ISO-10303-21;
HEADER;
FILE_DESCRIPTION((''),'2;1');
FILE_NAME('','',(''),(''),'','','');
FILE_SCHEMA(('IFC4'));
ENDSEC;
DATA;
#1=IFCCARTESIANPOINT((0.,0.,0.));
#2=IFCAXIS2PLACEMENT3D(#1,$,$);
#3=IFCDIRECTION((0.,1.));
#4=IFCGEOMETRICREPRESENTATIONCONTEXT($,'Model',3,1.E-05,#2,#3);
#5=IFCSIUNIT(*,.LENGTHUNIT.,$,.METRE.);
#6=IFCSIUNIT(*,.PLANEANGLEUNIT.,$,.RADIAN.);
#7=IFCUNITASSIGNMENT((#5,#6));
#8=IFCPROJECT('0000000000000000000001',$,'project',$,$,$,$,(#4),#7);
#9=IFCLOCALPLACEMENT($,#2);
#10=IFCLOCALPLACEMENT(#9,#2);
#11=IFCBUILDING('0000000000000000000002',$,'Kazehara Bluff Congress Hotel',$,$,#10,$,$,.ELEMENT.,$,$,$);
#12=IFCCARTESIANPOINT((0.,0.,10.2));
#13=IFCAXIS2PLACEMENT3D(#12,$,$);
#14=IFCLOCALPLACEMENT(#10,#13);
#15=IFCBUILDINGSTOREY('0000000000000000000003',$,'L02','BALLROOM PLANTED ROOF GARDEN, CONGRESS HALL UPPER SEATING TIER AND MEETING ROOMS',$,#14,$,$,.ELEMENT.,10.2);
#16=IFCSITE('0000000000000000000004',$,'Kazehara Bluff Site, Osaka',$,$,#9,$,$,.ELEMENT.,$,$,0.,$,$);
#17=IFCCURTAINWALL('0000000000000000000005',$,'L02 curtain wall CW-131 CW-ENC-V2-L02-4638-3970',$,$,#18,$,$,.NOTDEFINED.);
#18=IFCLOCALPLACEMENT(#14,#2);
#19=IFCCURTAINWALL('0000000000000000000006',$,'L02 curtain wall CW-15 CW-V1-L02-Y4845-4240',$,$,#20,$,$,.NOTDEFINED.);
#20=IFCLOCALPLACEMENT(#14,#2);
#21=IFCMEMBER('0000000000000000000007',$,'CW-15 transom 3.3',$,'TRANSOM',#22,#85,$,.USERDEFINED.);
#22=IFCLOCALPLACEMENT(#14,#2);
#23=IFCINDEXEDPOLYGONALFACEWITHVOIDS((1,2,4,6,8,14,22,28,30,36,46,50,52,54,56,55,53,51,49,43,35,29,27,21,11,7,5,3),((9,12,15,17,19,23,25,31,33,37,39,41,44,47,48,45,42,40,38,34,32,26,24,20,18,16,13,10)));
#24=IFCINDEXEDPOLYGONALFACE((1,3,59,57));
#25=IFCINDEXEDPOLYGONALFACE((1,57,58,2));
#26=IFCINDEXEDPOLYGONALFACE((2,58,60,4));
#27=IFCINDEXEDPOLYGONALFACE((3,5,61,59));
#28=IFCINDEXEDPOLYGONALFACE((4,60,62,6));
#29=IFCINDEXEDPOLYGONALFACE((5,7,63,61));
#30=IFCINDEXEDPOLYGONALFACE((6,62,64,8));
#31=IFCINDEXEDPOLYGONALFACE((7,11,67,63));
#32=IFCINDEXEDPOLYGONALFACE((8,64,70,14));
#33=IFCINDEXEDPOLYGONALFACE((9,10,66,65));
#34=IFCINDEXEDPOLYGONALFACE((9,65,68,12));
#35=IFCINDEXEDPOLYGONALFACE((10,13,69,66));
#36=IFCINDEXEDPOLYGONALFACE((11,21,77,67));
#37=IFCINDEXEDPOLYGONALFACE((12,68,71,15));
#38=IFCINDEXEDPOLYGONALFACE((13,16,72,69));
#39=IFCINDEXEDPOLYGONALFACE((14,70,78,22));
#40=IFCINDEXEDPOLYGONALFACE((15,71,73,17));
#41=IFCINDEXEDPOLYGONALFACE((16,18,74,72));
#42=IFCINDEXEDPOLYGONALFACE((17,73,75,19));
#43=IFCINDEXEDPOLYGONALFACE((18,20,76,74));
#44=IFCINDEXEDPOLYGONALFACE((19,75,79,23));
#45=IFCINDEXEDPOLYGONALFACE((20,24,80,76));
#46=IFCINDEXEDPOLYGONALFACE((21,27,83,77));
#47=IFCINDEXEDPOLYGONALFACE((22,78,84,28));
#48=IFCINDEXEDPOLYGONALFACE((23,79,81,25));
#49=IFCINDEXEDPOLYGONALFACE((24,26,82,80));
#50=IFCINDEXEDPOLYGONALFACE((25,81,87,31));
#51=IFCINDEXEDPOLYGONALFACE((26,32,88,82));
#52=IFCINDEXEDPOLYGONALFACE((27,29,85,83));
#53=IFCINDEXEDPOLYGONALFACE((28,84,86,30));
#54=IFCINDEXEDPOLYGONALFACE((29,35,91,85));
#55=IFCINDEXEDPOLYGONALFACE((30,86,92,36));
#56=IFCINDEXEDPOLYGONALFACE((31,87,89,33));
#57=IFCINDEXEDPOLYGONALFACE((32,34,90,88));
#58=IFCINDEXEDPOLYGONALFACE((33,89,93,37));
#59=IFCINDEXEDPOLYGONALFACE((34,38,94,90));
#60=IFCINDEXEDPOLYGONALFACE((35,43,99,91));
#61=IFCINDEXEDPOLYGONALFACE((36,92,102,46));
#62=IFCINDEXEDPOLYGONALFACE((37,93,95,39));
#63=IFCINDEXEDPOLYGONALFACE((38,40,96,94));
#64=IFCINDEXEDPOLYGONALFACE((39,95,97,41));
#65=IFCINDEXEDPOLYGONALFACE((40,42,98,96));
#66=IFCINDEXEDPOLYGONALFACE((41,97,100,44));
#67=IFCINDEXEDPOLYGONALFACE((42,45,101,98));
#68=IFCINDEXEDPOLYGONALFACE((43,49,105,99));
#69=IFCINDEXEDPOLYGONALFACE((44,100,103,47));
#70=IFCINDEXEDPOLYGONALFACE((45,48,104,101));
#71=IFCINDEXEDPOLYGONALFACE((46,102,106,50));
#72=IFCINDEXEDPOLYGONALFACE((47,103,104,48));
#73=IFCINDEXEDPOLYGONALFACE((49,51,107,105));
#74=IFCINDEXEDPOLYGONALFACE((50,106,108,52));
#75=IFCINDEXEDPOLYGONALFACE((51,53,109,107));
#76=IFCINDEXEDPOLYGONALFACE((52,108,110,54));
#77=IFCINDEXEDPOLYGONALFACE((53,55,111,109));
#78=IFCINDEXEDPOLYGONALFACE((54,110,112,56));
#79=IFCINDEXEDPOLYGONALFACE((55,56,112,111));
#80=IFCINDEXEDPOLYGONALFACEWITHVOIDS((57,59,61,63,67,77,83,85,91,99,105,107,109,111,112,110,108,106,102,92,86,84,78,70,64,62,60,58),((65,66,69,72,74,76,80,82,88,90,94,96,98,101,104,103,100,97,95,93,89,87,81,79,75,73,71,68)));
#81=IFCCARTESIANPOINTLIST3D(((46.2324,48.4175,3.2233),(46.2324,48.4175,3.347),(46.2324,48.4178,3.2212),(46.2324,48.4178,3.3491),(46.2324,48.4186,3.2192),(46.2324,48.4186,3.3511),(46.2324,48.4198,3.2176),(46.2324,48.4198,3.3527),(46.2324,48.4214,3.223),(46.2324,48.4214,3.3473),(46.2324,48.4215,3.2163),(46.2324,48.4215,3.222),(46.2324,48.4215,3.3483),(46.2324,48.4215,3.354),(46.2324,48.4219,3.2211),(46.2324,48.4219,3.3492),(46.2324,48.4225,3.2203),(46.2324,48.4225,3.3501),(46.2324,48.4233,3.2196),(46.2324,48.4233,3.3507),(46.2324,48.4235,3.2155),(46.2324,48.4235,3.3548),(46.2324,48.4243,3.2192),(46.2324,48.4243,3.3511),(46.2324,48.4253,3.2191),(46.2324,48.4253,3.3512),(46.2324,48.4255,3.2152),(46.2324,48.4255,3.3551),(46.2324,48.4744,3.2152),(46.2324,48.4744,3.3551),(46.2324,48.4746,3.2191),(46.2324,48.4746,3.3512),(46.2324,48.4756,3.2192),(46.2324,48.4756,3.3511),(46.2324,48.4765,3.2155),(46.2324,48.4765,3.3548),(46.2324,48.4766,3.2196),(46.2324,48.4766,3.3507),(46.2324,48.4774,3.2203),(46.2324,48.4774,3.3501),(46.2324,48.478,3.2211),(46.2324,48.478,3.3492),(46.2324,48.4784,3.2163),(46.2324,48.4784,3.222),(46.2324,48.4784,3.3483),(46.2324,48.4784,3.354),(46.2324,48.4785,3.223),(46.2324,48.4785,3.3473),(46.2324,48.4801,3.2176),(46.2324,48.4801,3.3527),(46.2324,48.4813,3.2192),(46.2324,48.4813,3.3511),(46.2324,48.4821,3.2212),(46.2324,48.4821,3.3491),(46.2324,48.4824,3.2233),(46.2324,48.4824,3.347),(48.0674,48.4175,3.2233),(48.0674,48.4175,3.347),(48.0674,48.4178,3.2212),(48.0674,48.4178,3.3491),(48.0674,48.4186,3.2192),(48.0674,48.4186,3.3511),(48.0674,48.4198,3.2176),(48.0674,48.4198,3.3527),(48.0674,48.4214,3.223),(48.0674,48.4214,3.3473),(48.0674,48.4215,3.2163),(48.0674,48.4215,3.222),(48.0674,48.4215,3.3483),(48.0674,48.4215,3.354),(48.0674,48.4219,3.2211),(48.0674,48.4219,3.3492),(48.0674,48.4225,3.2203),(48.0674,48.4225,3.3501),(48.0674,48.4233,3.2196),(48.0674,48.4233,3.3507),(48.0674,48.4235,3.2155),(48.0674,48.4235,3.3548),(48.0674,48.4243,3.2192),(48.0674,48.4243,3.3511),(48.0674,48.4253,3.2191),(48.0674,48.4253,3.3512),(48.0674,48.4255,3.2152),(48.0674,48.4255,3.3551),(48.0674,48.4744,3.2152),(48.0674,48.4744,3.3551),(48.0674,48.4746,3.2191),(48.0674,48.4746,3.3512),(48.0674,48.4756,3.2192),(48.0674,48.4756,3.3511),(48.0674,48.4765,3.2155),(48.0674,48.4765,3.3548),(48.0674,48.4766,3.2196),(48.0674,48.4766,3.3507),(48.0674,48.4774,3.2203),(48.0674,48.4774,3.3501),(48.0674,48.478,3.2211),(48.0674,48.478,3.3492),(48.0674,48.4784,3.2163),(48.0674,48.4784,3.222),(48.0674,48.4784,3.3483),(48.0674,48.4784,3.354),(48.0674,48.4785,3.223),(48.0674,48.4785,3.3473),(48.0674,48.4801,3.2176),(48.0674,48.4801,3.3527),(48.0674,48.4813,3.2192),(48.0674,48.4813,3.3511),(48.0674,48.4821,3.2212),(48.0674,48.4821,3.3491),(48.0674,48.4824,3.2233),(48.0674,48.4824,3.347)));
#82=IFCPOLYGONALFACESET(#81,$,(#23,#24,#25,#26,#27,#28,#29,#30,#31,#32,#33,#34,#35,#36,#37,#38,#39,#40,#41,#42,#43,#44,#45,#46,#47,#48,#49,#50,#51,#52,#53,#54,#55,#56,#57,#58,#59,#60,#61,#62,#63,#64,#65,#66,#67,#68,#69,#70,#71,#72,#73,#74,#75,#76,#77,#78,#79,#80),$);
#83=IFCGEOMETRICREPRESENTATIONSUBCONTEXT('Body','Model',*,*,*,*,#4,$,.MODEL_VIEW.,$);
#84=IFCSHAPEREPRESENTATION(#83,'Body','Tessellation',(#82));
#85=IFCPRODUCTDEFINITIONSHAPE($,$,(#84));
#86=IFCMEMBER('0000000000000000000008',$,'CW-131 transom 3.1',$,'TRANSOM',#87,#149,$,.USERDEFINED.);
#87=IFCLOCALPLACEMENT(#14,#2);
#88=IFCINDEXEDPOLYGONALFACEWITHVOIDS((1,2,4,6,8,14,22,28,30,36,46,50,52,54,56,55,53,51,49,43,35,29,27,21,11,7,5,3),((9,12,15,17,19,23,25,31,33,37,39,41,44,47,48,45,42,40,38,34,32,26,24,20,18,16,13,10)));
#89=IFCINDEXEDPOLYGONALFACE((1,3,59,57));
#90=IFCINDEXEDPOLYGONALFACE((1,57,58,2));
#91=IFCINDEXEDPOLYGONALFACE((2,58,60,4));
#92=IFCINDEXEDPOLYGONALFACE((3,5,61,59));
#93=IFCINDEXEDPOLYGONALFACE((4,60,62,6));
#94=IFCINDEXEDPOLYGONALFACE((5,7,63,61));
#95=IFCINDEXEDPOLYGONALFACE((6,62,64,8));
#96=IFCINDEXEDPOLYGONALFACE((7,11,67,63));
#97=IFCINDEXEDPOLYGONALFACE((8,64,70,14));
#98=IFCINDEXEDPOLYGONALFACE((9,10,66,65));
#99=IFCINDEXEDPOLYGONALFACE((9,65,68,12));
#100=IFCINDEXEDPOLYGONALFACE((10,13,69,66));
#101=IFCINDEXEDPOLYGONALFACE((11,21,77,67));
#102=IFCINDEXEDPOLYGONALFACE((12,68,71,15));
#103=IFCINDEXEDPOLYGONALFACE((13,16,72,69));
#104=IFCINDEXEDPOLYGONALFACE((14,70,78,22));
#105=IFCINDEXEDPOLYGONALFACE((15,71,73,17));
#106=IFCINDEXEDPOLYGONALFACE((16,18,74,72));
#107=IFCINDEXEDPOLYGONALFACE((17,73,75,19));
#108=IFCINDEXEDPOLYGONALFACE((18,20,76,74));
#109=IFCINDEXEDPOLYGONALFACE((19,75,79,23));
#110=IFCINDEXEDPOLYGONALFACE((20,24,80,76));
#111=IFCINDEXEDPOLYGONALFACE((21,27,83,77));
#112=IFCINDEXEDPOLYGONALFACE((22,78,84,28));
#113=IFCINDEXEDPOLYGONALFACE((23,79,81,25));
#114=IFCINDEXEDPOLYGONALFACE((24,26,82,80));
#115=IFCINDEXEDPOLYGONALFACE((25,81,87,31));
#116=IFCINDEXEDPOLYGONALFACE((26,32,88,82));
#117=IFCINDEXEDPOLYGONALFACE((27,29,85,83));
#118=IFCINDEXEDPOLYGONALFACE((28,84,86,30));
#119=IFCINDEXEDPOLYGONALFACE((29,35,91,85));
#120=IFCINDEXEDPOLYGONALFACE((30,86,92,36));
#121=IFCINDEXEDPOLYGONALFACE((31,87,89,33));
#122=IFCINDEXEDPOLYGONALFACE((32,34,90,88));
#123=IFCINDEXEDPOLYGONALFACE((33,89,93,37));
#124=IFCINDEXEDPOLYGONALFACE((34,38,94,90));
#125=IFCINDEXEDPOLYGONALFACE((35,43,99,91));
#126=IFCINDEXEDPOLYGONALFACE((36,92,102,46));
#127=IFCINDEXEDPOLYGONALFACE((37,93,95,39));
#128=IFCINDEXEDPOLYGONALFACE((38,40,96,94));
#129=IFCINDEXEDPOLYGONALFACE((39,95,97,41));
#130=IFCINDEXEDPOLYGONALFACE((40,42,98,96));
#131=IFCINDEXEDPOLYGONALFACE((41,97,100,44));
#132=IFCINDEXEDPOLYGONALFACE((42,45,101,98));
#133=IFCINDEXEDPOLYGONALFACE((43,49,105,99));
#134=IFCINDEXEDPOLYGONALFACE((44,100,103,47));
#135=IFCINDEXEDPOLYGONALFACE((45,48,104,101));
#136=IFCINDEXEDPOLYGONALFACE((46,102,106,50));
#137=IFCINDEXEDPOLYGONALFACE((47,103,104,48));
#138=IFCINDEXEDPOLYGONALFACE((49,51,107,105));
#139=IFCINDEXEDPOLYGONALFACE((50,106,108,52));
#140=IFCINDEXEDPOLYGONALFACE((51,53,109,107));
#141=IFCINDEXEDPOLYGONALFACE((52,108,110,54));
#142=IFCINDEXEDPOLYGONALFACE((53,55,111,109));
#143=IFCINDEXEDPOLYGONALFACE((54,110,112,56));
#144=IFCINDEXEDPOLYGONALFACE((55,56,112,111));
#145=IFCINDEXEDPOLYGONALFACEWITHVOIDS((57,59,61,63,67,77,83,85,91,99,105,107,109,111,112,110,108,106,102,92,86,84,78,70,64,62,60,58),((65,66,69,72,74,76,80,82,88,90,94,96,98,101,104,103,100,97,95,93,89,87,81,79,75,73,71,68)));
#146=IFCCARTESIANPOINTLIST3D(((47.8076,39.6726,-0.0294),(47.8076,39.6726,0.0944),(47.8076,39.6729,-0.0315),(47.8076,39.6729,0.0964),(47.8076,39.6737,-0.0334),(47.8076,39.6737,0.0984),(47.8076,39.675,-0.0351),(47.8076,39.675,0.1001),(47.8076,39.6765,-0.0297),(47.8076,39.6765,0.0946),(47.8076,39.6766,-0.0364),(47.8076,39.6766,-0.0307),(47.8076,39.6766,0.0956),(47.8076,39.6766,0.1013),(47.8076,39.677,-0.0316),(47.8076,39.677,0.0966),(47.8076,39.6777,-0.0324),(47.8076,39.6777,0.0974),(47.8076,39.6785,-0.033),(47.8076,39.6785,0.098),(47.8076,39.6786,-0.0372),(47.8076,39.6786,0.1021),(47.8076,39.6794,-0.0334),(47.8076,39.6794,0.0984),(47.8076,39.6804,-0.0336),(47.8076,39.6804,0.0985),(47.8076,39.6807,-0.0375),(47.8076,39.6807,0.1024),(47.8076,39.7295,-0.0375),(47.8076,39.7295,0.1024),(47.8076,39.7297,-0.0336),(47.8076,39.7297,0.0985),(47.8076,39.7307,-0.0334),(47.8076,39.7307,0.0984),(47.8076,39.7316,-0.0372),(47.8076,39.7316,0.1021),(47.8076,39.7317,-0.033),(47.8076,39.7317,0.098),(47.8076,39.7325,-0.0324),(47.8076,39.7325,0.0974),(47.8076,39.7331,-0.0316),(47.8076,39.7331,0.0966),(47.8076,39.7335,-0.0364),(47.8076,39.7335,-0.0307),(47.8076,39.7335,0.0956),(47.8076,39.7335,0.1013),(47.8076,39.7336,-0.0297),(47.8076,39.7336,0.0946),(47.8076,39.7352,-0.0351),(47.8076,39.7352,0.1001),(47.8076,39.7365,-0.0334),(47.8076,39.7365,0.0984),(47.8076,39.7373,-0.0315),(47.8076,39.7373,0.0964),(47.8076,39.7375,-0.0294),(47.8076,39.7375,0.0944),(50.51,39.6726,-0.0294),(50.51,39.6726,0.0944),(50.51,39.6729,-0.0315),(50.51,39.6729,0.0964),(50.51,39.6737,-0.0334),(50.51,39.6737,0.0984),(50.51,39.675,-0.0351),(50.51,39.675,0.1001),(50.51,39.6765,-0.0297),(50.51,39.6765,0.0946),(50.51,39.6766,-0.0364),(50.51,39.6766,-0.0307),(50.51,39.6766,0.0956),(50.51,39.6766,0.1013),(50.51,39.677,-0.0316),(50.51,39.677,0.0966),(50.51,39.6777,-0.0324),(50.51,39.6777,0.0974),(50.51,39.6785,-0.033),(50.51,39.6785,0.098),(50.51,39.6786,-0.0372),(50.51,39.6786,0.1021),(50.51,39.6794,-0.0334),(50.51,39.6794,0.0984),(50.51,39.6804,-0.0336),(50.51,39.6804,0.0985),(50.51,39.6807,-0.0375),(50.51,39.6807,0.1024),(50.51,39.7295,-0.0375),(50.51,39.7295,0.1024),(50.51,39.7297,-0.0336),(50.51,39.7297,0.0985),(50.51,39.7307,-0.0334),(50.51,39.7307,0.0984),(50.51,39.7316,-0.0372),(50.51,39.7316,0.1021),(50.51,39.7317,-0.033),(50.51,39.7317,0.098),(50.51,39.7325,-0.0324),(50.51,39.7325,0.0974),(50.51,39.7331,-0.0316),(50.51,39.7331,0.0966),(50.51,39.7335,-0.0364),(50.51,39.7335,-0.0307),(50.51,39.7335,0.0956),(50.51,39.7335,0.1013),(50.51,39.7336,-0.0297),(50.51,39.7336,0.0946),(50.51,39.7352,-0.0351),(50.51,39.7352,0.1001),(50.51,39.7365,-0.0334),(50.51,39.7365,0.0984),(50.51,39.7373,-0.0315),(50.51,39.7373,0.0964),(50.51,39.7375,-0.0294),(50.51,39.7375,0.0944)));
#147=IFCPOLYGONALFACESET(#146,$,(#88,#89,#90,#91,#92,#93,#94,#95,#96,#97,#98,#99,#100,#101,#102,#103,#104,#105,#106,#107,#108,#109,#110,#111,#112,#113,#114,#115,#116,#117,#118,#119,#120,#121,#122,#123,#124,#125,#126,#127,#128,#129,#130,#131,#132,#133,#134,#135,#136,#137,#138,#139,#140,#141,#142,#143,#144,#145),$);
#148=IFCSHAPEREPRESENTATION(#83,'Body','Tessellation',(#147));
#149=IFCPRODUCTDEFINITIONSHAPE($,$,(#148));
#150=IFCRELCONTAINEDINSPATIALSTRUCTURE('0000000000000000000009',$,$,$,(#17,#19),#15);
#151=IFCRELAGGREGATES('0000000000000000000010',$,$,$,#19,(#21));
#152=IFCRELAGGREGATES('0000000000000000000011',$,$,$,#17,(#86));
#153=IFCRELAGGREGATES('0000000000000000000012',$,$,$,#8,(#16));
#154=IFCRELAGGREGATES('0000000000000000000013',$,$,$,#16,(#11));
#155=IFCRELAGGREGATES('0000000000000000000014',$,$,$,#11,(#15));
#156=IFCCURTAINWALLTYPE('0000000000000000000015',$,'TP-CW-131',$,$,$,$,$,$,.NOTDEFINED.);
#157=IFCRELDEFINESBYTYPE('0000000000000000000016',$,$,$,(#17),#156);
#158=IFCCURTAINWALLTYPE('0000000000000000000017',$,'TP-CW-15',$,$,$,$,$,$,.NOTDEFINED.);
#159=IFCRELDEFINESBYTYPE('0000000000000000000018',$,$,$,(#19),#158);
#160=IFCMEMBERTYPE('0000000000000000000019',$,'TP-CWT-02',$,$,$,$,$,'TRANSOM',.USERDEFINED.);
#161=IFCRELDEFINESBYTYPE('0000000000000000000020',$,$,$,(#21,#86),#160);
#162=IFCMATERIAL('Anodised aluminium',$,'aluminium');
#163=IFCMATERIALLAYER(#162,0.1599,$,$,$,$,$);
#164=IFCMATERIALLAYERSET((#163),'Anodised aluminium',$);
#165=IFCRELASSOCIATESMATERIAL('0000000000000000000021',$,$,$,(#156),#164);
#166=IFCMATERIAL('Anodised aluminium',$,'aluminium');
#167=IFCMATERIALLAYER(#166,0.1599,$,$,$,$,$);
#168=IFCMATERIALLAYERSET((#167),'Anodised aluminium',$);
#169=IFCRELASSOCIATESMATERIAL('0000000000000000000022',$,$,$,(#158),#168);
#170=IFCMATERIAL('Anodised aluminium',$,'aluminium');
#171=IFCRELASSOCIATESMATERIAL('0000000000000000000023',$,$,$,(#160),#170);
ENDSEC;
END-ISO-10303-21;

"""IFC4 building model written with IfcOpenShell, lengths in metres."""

from ifc_helpers import new_model, si_unit, direction, frame, origin, origin_2d, place, context, subcontext, project, spatial, hollow_rectangle, extrude, material, layer, layer_set, material_profile, profile_set, type_object, element, aggregate, save


model = new_model("IFC4")

# Units and contexts
model_context = context("Model", 3, precision=1e-05, world=origin(), true_north=direction((0.0, 1.0)))
body_context = subcontext(model_context, "Body", "Model", "MODEL_VIEW")
ifc_project = project(units=[si_unit("LENGTHUNIT", "METRE"), si_unit("PLANEANGLEUNIT", "RADIAN")], contexts=[model_context])

# Site, building, storey
site_placement = place(None, origin())
site = spatial("IfcSite", under=ifc_project, at=site_placement, Name="Kazehara Bluff Site, Osaka", CompositionType="ELEMENT", RefElevation=0.0)
building_placement = place(site_placement, origin())
building = spatial("IfcBuilding", under=site, at=building_placement, Name="Kazehara Bluff Congress Hotel", CompositionType="ELEMENT")
storey_placement = place(building_placement, frame((0.0, 0.0, 10.2)))
storey = spatial("IfcBuildingStorey", under=building, at=storey_placement, Name="L02", Description="BALLROOM PLANTED ROOF GARDEN, CONGRESS HALL UPPER SEATING TIER AND MEETING ROOMS", CompositionType="ELEMENT", Elevation=10.2)

# Curtain wall
ifc_material_1 = material(Name="Anodised aluminium", Category="aluminium")
ifc_layer_1 = layer(ifc_material_1, 0.1599)
ifc_layer_set_1 = layer_set([ifc_layer_1], Name="Anodised aluminium")
curtain_wall_type_1 = type_object("IfcCurtainWallType", Name="TP-CW-131", PredefinedType="NOTDEFINED", material=ifc_layer_set_1)
curtain_wall_1_placement = place(storey_placement, origin())
curtain_wall_1 = element("IfcCurtainWall", 1, at=curtain_wall_1_placement, inside=storey, type_object=curtain_wall_type_1, Name="L02 curtain wall CW-131 CW-ENC-V2-L02-4638-3970", PredefinedType="NOTDEFINED")

# Curtain wall, member
ifc_material_2 = material(Name="Anodised aluminium", Category="aluminium")
ifc_layer_2 = layer(ifc_material_2, 0.1599)
ifc_layer_set_2 = layer_set([ifc_layer_2], Name="Anodised aluminium")
curtain_wall_type_2 = type_object("IfcCurtainWallType", Name="TP-CW-15", PredefinedType="NOTDEFINED", material=ifc_layer_set_2)
curtain_wall_2_placement = place(storey_placement, origin())
curtain_wall_2 = element("IfcCurtainWall", 2, at=curtain_wall_2_placement, inside=storey, type_object=curtain_wall_type_2, Name="L02 curtain wall CW-15 CW-V1-L02-Y4845-4240", PredefinedType="NOTDEFINED")
ifc_material_3 = material(Name="Anodised aluminium", Category="aluminium")
ifc_material_profile_1 = material_profile(ifc_material_3, hollow_rectangle(XDim=0.0649, YDim=0.1399, WallThickness=0.0039, InnerFilletRadius=0.0039, OuterFilletRadius=0.0081, at=origin_2d()))
ifc_profile_set_1 = profile_set([ifc_material_profile_1], Name="Anodised aluminium")
member_type_1 = type_object("IfcMemberType", Name="TP-CWT-02", ElementType="TRANSOM", PredefinedType="USERDEFINED", material=ifc_profile_set_1)
member_1_placement = place(storey_placement, frame((46.2324, 48.45, 3.2852), z_axis=(1.0, 0.0, 0.0), x_axis=(0.0, 1.0, 0.0)))
member_1 = element("IfcMember", 3, at=member_1_placement, type_object=member_type_1, Name="CW-15 transom 3.3", ObjectType="TRANSOM", PredefinedType="USERDEFINED", context=body_context, shape_type="SweptSolid", body=[
    extrude(hollow_rectangle(XDim=0.0649, YDim=0.1399, WallThickness=0.0039, InnerFilletRadius=0.0039, OuterFilletRadius=0.0081, at=origin_2d()), origin(), (0.0, 0.0, 1.0), 1.835),
])
aggregate(curtain_wall_2, [member_1])

# Member
member_2_placement = place(storey_placement, frame((47.8076, 39.7051, 0.0325), z_axis=(1.0, 0.0, 0.0), x_axis=(0.0, 1.0, 0.0)))
member_2 = element("IfcMember", 4, at=member_2_placement, type_object=member_type_1, Name="CW-131 transom 3.1", ObjectType="TRANSOM", PredefinedType="USERDEFINED", context=body_context, shape_type="SweptSolid", body=[
    extrude(hollow_rectangle(XDim=0.0649, YDim=0.1399, WallThickness=0.0039, InnerFilletRadius=0.0039, OuterFilletRadius=0.0081, at=origin_2d()), origin(), (0.0, 0.0, 1.0), 2.7024),
])

aggregate(curtain_wall_1, [member_2])

save(model, "model.ifc")
